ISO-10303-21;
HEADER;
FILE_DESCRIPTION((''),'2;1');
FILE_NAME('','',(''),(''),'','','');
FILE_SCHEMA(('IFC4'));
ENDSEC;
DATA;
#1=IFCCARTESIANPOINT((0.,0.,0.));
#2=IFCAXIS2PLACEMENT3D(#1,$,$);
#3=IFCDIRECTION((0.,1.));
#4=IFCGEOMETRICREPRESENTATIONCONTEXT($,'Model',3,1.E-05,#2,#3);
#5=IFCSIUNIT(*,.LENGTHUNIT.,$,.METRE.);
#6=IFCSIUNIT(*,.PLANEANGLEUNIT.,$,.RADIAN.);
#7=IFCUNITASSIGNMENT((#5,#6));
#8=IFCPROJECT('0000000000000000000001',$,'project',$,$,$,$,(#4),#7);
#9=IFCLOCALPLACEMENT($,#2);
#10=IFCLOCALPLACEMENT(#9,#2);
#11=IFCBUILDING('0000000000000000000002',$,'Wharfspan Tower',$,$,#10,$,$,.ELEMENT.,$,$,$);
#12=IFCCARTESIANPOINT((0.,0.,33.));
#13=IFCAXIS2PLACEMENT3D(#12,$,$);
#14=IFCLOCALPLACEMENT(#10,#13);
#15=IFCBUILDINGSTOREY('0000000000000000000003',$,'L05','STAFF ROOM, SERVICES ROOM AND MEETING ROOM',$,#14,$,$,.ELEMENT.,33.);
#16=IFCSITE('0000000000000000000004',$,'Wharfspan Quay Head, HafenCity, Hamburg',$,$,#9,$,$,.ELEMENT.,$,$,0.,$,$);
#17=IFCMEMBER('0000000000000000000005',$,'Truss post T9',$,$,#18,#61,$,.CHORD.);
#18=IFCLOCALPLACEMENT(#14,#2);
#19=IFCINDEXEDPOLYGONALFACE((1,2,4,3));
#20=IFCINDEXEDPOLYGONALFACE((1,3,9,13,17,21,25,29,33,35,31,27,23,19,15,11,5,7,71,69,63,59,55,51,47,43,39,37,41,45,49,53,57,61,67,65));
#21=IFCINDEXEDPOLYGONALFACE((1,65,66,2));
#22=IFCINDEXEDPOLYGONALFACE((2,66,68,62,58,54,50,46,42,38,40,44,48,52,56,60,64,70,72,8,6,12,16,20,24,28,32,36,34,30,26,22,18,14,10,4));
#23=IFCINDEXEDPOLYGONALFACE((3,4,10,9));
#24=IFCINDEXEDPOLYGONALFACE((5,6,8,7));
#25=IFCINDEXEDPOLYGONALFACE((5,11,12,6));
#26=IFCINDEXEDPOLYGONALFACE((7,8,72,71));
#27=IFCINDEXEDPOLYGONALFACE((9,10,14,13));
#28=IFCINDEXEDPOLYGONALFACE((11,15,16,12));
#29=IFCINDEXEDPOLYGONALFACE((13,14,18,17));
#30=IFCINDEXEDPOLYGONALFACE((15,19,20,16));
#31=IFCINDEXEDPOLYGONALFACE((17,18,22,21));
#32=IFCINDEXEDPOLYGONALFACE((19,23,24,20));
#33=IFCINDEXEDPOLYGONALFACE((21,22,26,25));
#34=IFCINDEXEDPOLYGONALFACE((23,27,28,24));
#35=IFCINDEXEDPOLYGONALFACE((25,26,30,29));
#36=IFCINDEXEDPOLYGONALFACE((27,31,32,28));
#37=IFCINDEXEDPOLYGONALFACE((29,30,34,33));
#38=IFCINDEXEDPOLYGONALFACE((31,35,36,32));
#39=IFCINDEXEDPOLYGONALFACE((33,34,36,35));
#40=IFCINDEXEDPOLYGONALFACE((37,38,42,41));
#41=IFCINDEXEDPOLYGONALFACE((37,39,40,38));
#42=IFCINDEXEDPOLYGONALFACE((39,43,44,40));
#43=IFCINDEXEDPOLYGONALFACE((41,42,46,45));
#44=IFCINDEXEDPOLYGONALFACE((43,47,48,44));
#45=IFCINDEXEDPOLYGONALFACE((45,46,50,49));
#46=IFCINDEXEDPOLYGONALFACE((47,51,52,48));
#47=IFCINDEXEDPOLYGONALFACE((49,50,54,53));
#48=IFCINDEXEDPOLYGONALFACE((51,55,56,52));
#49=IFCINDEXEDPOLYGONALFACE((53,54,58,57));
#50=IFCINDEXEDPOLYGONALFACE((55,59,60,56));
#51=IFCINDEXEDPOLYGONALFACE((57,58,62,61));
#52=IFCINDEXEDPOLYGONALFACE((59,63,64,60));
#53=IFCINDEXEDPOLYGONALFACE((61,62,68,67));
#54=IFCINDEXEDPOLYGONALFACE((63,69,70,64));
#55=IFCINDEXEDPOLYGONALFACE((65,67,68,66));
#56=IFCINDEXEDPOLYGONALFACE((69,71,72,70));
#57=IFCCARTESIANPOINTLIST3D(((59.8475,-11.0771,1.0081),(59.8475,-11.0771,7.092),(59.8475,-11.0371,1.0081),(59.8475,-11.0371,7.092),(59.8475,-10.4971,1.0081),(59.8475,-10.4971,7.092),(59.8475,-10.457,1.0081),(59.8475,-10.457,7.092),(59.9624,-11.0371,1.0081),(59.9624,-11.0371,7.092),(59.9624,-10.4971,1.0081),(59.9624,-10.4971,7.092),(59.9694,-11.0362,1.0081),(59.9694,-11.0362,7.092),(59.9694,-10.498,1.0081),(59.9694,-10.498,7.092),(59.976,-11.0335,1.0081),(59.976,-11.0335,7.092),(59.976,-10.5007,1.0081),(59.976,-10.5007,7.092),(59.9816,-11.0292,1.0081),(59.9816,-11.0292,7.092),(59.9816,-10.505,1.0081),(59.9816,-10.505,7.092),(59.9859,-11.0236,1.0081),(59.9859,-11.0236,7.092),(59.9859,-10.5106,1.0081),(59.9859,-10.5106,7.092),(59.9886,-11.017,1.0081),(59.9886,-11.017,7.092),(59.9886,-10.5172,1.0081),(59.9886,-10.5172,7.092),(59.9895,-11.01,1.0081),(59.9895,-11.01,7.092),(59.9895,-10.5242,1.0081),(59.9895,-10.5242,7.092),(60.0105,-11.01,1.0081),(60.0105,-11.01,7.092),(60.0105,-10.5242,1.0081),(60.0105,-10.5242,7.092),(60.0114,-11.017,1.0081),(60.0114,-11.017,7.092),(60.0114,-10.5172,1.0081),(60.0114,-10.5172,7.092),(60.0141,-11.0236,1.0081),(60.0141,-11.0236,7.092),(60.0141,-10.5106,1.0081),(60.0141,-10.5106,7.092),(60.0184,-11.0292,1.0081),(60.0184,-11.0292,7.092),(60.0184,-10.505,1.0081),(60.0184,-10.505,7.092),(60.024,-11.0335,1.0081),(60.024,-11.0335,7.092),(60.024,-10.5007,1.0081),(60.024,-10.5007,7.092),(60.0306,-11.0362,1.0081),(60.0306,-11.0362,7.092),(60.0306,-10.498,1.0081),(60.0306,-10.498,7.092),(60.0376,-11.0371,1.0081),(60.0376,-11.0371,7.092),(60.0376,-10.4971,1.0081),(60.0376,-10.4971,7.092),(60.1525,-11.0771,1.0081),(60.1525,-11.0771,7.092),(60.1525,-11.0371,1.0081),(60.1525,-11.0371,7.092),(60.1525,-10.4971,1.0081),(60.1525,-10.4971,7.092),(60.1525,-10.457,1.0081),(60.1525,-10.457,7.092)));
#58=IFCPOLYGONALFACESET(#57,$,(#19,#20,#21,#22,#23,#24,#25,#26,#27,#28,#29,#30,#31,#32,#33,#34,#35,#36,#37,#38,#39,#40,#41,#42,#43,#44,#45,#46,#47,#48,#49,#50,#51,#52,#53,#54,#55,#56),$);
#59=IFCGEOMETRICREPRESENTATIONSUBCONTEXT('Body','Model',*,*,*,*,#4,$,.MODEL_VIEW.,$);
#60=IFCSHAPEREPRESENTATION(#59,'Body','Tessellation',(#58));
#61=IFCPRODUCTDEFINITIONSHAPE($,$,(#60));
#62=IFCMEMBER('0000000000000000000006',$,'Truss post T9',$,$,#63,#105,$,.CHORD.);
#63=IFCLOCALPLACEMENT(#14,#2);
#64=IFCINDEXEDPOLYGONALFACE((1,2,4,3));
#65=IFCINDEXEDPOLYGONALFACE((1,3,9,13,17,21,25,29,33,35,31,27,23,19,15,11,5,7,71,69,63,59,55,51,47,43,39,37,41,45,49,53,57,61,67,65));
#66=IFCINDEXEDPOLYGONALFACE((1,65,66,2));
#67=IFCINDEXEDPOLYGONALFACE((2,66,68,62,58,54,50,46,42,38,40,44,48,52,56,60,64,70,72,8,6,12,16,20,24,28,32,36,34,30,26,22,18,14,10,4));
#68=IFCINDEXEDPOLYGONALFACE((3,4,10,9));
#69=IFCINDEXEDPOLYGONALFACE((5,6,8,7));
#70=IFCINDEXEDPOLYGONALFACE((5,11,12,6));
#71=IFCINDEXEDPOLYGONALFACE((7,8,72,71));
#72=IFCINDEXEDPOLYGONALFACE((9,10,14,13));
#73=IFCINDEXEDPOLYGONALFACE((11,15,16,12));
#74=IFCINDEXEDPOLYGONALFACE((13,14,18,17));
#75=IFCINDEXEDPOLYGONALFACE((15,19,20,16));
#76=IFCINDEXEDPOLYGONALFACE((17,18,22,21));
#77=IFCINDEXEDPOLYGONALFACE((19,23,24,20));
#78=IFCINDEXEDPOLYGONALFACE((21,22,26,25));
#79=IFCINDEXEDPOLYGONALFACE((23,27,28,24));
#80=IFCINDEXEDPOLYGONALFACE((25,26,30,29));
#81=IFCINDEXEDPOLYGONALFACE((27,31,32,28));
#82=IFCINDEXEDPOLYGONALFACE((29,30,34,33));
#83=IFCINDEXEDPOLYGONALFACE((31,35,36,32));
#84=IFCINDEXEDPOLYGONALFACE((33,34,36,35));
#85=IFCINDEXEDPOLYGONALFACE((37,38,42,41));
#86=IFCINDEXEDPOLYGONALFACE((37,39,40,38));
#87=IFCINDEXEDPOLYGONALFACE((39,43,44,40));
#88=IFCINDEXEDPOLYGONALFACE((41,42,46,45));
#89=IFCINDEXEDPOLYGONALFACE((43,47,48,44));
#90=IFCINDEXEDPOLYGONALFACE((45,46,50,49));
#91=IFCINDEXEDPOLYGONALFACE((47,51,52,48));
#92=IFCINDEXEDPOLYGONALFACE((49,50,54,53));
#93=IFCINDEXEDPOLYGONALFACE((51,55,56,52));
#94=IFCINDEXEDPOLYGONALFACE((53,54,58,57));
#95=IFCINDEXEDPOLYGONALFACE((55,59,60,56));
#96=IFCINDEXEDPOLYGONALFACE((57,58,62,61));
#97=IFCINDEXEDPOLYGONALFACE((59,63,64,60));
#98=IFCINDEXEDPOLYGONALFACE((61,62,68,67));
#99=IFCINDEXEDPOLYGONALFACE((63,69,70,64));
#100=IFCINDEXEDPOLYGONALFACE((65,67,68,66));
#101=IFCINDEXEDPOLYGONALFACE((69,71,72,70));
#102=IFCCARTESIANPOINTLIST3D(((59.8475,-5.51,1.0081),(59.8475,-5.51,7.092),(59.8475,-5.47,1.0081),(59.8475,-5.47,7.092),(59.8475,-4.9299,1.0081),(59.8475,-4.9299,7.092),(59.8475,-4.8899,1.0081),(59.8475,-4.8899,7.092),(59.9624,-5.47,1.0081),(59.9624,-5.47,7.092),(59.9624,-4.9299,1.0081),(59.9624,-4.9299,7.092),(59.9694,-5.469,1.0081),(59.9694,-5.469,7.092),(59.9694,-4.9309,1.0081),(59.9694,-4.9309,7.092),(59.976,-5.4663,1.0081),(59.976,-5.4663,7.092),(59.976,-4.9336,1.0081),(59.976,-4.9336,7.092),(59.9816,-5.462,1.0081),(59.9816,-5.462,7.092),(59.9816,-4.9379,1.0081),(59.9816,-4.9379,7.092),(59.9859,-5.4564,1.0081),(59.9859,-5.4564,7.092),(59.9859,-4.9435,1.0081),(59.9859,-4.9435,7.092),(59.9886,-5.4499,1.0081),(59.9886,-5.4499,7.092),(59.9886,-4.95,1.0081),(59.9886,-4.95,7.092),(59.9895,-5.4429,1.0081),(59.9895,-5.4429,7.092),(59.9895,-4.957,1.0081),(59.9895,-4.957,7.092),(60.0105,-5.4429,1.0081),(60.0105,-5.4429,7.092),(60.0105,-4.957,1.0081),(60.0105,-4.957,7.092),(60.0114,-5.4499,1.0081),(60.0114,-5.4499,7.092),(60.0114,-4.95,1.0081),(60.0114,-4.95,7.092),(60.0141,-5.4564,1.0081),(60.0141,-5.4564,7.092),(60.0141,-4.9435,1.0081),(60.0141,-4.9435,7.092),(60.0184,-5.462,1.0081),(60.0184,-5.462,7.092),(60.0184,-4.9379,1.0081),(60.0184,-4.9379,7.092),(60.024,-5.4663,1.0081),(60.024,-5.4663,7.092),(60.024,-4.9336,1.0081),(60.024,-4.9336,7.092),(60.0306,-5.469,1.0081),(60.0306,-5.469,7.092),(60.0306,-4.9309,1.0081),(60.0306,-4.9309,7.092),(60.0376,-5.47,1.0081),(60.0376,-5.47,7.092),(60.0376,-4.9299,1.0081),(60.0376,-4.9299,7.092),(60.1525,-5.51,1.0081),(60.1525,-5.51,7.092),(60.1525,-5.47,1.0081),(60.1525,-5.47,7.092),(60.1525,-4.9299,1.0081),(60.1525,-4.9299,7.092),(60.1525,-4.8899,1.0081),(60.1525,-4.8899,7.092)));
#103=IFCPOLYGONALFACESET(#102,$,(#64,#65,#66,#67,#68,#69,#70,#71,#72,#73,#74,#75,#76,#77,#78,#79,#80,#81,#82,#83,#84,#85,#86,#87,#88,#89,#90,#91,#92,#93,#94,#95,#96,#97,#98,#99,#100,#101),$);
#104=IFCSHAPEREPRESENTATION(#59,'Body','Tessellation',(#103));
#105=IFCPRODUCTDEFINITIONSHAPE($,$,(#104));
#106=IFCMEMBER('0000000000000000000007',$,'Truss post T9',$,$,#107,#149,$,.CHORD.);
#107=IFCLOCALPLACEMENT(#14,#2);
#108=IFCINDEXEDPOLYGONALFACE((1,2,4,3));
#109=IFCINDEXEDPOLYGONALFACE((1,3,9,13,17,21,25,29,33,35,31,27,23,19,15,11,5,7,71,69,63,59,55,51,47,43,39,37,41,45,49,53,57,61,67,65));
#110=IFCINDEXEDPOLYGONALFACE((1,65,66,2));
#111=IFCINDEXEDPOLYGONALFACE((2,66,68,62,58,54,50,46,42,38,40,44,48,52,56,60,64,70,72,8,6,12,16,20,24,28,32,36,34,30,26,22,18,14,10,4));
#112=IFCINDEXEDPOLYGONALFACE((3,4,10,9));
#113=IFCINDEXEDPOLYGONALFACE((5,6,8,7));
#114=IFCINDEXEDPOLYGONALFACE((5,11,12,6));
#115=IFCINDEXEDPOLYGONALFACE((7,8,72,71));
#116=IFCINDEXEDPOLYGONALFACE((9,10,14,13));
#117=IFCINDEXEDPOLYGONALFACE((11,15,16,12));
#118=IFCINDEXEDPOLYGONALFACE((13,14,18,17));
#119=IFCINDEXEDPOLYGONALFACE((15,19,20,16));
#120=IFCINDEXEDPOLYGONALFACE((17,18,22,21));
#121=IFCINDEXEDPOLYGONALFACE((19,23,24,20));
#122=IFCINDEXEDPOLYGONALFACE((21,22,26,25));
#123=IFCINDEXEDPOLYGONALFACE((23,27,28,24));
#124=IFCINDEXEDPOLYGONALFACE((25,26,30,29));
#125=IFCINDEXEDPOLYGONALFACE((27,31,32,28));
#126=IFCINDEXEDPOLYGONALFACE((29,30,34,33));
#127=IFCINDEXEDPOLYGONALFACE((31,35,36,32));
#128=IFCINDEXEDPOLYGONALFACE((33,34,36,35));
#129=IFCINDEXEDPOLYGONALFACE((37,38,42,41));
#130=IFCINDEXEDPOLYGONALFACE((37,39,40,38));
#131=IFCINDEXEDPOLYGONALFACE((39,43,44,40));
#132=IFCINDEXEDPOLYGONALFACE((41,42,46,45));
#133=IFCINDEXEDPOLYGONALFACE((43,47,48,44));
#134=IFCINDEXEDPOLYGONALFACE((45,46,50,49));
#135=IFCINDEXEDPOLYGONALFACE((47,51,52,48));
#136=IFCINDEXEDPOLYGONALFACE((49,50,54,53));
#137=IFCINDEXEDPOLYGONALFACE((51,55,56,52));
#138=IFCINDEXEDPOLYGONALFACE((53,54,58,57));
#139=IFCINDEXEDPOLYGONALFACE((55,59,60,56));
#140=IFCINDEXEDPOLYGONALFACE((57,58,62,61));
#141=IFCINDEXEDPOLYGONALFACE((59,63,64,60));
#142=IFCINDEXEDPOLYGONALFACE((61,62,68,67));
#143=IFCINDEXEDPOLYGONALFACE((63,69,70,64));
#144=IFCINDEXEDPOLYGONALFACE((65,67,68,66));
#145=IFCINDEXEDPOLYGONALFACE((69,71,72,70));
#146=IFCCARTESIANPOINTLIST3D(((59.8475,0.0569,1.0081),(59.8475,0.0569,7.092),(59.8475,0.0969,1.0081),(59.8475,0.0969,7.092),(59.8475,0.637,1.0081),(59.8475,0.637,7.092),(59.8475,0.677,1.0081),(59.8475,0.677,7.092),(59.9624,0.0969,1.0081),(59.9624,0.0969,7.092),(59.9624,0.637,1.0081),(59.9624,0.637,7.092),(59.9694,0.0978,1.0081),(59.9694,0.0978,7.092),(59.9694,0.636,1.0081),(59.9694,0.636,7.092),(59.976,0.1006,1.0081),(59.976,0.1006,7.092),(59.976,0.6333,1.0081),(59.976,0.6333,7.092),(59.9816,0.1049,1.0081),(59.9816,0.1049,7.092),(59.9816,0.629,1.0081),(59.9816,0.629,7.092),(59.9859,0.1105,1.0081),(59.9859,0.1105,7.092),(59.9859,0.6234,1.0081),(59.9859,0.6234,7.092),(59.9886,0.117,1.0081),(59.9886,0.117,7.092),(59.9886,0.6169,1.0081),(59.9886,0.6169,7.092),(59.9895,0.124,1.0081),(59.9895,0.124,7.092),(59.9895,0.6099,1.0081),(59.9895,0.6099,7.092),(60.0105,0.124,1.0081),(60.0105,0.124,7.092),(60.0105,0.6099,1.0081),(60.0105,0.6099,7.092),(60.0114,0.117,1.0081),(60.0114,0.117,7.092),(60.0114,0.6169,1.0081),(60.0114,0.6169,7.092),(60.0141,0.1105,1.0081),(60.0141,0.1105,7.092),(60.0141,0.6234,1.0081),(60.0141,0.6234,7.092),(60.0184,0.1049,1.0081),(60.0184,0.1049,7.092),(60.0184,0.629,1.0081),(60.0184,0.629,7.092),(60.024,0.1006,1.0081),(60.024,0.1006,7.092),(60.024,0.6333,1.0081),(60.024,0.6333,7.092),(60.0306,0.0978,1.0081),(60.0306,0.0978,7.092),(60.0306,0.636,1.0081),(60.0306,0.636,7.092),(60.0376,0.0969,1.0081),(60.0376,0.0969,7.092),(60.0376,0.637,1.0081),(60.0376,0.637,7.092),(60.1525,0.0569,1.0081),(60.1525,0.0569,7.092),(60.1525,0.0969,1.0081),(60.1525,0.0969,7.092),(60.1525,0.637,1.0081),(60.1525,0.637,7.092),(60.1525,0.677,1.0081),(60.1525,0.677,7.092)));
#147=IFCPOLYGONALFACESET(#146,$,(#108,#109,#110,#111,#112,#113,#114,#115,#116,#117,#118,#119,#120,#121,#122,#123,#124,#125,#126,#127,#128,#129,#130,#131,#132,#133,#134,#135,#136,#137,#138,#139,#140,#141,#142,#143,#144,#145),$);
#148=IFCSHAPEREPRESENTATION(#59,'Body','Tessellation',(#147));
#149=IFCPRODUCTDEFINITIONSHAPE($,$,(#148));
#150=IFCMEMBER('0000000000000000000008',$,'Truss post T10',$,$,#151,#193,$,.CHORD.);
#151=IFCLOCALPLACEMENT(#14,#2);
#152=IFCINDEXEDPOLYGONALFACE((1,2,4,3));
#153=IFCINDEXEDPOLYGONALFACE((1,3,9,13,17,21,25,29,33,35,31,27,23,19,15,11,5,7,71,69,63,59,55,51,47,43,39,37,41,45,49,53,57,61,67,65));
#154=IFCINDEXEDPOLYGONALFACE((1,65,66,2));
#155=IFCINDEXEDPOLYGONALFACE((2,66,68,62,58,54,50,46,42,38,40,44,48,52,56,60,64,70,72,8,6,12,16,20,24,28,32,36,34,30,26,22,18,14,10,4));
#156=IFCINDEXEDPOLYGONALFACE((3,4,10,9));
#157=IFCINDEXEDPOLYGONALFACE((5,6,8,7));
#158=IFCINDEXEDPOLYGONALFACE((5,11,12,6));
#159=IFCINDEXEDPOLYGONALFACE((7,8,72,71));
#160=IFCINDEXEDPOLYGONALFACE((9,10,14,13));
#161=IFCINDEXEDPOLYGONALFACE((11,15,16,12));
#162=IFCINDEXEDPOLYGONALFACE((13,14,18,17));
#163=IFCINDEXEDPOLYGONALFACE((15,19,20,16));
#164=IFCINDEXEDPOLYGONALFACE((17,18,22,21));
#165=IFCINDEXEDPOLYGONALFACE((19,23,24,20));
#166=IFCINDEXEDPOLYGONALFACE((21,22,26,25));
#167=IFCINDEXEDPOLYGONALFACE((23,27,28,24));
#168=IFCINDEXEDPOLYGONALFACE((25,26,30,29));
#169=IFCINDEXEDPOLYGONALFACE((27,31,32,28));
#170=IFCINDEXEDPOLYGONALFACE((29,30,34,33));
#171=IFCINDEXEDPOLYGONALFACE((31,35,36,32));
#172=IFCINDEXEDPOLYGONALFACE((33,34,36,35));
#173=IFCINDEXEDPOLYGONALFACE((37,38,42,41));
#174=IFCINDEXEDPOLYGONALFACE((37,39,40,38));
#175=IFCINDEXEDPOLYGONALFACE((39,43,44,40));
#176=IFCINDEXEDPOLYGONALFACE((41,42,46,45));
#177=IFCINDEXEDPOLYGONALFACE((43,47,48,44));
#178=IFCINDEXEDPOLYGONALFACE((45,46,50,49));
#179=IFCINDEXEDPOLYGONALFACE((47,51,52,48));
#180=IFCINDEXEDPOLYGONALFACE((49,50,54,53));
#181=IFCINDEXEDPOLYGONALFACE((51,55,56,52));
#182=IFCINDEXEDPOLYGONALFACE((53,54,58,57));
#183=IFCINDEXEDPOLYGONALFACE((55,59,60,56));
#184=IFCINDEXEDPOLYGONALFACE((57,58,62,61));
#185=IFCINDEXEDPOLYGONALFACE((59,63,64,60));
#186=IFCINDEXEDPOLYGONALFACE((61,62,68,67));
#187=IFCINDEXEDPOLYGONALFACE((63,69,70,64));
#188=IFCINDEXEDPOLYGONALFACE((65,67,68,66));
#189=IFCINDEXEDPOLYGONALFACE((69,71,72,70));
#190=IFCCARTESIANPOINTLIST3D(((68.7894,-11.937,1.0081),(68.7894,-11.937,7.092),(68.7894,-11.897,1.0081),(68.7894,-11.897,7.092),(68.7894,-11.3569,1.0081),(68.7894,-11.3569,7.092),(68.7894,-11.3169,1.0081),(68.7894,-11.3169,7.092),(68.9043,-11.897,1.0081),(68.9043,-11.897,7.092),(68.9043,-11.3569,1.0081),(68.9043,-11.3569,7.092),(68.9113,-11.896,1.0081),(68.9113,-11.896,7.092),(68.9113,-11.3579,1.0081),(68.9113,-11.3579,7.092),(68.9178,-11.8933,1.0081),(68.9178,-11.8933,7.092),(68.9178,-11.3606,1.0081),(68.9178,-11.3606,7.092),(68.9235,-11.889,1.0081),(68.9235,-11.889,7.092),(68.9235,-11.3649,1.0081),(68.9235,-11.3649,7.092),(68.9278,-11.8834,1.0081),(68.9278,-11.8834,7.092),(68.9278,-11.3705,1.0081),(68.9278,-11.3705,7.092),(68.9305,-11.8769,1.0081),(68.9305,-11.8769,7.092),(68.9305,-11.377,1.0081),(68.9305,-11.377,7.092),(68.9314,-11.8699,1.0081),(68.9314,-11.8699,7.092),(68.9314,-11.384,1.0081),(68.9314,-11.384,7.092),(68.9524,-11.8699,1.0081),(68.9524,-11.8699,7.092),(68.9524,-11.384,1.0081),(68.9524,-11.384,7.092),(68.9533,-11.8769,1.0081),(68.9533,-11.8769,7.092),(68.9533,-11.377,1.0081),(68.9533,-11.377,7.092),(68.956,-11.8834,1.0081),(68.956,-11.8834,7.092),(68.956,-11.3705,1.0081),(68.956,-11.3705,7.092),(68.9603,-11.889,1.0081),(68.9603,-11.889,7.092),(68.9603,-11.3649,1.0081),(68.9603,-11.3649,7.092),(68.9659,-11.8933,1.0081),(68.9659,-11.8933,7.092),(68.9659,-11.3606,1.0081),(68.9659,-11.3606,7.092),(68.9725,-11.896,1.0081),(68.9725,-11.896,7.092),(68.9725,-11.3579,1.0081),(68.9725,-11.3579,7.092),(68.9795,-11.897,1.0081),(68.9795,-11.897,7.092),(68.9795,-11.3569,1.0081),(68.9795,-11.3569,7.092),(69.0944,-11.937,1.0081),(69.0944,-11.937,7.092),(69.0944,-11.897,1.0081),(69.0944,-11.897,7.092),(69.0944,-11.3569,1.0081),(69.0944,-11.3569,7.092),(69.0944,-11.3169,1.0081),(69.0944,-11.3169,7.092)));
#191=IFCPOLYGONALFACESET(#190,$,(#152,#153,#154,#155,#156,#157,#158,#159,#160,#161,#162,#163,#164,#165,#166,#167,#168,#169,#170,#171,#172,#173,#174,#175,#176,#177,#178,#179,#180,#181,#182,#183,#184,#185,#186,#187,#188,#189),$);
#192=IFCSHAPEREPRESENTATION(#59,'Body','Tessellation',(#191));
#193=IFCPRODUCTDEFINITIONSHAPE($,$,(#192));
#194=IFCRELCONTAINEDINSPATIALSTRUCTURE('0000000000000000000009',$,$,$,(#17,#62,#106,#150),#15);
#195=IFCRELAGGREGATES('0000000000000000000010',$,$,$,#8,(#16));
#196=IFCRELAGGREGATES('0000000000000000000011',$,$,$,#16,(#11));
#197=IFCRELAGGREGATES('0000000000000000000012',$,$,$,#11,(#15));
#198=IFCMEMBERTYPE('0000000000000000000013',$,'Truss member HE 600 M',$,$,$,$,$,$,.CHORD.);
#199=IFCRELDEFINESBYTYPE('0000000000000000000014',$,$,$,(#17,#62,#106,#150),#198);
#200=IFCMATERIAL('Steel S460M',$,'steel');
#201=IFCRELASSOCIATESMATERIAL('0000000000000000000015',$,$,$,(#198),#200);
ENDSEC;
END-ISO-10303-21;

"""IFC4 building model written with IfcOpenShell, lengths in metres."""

from ifc_helpers import new_model, si_unit, direction, frame, origin, origin_2d, place, context, subcontext, project, spatial, i_section, extrude, material, material_profile, profile_set, type_object, element, save


model = new_model("IFC4")

# Units and contexts
model_context = context("Model", 3, precision=1e-05, world=origin(), true_north=direction((0.0, 1.0)))
body_context = subcontext(model_context, "Body", "Model", "MODEL_VIEW")
ifc_project = project(units=[si_unit("LENGTHUNIT", "METRE"), si_unit("PLANEANGLEUNIT", "RADIAN")], contexts=[model_context])

# Site, building, storey
site_placement = place(None, origin())
site = spatial("IfcSite", under=ifc_project, at=site_placement, Name="Wharfspan Quay Head, HafenCity, Hamburg", CompositionType="ELEMENT", RefElevation=0.0)
building_placement = place(site_placement, origin())
building = spatial("IfcBuilding", under=site, at=building_placement, Name="Wharfspan Tower", CompositionType="ELEMENT")
storey_placement = place(building_placement, frame((0.0, 0.0, 33.0)))
storey = spatial("IfcBuildingStorey", under=building, at=storey_placement, Name="L05", Description="STAFF ROOM, SERVICES ROOM AND MEETING ROOM", CompositionType="ELEMENT", Elevation=33.0)

# Members
ifc_material_1 = material(Name="Steel S460M", Category="steel")
ifc_material_profile_1 = material_profile(ifc_material_1, i_section(OverallWidth=0.3049, OverallDepth=0.6201, WebThickness=0.021, FlangeThickness=0.04, FilletRadius=0.0271, at=origin_2d()))
ifc_profile_set_1 = profile_set([ifc_material_profile_1], Name="Steel S460M")
member_type_1 = type_object("IfcMemberType", Name="Truss member HE 600 M", PredefinedType="CHORD", material=ifc_profile_set_1)
for number, where, z_axis, x_axis, name in (
    (1, (60.0, -10.7671, 1.0081), (0.0, 0.0, 1.0), (1.0, 0.0, 0.0), "Truss post T9"),
    (2, (60.0, -5.2, 1.0081), (0.0, 0.0, 1.0), (1.0, 0.0, 0.0), "Truss post T9"),
    (3, (60.0, 0.3669, 1.0081), (0.0, 0.0, 1.0), (1.0, 0.0, 0.0), "Truss post T9"),
    (4, (68.9419, -11.627, 1.0081), (0.0, 0.0, 1.0), (1.0, 0.0, 0.0), "Truss post T10"),
):
    element("IfcMember", number, at=place(storey_placement, frame(where, z_axis=z_axis, x_axis=x_axis)), inside=storey, type_object=member_type_1, Name=name, PredefinedType="CHORD", context=body_context, shape_type="SweptSolid", body=[
        extrude(i_section(OverallWidth=0.3049, OverallDepth=0.6201, WebThickness=0.021, FlangeThickness=0.04, FilletRadius=0.0271, at=origin_2d()), origin(), (0.0, 0.0, 1.0), 6.084),
    ])

save(model, "model.ifc")
